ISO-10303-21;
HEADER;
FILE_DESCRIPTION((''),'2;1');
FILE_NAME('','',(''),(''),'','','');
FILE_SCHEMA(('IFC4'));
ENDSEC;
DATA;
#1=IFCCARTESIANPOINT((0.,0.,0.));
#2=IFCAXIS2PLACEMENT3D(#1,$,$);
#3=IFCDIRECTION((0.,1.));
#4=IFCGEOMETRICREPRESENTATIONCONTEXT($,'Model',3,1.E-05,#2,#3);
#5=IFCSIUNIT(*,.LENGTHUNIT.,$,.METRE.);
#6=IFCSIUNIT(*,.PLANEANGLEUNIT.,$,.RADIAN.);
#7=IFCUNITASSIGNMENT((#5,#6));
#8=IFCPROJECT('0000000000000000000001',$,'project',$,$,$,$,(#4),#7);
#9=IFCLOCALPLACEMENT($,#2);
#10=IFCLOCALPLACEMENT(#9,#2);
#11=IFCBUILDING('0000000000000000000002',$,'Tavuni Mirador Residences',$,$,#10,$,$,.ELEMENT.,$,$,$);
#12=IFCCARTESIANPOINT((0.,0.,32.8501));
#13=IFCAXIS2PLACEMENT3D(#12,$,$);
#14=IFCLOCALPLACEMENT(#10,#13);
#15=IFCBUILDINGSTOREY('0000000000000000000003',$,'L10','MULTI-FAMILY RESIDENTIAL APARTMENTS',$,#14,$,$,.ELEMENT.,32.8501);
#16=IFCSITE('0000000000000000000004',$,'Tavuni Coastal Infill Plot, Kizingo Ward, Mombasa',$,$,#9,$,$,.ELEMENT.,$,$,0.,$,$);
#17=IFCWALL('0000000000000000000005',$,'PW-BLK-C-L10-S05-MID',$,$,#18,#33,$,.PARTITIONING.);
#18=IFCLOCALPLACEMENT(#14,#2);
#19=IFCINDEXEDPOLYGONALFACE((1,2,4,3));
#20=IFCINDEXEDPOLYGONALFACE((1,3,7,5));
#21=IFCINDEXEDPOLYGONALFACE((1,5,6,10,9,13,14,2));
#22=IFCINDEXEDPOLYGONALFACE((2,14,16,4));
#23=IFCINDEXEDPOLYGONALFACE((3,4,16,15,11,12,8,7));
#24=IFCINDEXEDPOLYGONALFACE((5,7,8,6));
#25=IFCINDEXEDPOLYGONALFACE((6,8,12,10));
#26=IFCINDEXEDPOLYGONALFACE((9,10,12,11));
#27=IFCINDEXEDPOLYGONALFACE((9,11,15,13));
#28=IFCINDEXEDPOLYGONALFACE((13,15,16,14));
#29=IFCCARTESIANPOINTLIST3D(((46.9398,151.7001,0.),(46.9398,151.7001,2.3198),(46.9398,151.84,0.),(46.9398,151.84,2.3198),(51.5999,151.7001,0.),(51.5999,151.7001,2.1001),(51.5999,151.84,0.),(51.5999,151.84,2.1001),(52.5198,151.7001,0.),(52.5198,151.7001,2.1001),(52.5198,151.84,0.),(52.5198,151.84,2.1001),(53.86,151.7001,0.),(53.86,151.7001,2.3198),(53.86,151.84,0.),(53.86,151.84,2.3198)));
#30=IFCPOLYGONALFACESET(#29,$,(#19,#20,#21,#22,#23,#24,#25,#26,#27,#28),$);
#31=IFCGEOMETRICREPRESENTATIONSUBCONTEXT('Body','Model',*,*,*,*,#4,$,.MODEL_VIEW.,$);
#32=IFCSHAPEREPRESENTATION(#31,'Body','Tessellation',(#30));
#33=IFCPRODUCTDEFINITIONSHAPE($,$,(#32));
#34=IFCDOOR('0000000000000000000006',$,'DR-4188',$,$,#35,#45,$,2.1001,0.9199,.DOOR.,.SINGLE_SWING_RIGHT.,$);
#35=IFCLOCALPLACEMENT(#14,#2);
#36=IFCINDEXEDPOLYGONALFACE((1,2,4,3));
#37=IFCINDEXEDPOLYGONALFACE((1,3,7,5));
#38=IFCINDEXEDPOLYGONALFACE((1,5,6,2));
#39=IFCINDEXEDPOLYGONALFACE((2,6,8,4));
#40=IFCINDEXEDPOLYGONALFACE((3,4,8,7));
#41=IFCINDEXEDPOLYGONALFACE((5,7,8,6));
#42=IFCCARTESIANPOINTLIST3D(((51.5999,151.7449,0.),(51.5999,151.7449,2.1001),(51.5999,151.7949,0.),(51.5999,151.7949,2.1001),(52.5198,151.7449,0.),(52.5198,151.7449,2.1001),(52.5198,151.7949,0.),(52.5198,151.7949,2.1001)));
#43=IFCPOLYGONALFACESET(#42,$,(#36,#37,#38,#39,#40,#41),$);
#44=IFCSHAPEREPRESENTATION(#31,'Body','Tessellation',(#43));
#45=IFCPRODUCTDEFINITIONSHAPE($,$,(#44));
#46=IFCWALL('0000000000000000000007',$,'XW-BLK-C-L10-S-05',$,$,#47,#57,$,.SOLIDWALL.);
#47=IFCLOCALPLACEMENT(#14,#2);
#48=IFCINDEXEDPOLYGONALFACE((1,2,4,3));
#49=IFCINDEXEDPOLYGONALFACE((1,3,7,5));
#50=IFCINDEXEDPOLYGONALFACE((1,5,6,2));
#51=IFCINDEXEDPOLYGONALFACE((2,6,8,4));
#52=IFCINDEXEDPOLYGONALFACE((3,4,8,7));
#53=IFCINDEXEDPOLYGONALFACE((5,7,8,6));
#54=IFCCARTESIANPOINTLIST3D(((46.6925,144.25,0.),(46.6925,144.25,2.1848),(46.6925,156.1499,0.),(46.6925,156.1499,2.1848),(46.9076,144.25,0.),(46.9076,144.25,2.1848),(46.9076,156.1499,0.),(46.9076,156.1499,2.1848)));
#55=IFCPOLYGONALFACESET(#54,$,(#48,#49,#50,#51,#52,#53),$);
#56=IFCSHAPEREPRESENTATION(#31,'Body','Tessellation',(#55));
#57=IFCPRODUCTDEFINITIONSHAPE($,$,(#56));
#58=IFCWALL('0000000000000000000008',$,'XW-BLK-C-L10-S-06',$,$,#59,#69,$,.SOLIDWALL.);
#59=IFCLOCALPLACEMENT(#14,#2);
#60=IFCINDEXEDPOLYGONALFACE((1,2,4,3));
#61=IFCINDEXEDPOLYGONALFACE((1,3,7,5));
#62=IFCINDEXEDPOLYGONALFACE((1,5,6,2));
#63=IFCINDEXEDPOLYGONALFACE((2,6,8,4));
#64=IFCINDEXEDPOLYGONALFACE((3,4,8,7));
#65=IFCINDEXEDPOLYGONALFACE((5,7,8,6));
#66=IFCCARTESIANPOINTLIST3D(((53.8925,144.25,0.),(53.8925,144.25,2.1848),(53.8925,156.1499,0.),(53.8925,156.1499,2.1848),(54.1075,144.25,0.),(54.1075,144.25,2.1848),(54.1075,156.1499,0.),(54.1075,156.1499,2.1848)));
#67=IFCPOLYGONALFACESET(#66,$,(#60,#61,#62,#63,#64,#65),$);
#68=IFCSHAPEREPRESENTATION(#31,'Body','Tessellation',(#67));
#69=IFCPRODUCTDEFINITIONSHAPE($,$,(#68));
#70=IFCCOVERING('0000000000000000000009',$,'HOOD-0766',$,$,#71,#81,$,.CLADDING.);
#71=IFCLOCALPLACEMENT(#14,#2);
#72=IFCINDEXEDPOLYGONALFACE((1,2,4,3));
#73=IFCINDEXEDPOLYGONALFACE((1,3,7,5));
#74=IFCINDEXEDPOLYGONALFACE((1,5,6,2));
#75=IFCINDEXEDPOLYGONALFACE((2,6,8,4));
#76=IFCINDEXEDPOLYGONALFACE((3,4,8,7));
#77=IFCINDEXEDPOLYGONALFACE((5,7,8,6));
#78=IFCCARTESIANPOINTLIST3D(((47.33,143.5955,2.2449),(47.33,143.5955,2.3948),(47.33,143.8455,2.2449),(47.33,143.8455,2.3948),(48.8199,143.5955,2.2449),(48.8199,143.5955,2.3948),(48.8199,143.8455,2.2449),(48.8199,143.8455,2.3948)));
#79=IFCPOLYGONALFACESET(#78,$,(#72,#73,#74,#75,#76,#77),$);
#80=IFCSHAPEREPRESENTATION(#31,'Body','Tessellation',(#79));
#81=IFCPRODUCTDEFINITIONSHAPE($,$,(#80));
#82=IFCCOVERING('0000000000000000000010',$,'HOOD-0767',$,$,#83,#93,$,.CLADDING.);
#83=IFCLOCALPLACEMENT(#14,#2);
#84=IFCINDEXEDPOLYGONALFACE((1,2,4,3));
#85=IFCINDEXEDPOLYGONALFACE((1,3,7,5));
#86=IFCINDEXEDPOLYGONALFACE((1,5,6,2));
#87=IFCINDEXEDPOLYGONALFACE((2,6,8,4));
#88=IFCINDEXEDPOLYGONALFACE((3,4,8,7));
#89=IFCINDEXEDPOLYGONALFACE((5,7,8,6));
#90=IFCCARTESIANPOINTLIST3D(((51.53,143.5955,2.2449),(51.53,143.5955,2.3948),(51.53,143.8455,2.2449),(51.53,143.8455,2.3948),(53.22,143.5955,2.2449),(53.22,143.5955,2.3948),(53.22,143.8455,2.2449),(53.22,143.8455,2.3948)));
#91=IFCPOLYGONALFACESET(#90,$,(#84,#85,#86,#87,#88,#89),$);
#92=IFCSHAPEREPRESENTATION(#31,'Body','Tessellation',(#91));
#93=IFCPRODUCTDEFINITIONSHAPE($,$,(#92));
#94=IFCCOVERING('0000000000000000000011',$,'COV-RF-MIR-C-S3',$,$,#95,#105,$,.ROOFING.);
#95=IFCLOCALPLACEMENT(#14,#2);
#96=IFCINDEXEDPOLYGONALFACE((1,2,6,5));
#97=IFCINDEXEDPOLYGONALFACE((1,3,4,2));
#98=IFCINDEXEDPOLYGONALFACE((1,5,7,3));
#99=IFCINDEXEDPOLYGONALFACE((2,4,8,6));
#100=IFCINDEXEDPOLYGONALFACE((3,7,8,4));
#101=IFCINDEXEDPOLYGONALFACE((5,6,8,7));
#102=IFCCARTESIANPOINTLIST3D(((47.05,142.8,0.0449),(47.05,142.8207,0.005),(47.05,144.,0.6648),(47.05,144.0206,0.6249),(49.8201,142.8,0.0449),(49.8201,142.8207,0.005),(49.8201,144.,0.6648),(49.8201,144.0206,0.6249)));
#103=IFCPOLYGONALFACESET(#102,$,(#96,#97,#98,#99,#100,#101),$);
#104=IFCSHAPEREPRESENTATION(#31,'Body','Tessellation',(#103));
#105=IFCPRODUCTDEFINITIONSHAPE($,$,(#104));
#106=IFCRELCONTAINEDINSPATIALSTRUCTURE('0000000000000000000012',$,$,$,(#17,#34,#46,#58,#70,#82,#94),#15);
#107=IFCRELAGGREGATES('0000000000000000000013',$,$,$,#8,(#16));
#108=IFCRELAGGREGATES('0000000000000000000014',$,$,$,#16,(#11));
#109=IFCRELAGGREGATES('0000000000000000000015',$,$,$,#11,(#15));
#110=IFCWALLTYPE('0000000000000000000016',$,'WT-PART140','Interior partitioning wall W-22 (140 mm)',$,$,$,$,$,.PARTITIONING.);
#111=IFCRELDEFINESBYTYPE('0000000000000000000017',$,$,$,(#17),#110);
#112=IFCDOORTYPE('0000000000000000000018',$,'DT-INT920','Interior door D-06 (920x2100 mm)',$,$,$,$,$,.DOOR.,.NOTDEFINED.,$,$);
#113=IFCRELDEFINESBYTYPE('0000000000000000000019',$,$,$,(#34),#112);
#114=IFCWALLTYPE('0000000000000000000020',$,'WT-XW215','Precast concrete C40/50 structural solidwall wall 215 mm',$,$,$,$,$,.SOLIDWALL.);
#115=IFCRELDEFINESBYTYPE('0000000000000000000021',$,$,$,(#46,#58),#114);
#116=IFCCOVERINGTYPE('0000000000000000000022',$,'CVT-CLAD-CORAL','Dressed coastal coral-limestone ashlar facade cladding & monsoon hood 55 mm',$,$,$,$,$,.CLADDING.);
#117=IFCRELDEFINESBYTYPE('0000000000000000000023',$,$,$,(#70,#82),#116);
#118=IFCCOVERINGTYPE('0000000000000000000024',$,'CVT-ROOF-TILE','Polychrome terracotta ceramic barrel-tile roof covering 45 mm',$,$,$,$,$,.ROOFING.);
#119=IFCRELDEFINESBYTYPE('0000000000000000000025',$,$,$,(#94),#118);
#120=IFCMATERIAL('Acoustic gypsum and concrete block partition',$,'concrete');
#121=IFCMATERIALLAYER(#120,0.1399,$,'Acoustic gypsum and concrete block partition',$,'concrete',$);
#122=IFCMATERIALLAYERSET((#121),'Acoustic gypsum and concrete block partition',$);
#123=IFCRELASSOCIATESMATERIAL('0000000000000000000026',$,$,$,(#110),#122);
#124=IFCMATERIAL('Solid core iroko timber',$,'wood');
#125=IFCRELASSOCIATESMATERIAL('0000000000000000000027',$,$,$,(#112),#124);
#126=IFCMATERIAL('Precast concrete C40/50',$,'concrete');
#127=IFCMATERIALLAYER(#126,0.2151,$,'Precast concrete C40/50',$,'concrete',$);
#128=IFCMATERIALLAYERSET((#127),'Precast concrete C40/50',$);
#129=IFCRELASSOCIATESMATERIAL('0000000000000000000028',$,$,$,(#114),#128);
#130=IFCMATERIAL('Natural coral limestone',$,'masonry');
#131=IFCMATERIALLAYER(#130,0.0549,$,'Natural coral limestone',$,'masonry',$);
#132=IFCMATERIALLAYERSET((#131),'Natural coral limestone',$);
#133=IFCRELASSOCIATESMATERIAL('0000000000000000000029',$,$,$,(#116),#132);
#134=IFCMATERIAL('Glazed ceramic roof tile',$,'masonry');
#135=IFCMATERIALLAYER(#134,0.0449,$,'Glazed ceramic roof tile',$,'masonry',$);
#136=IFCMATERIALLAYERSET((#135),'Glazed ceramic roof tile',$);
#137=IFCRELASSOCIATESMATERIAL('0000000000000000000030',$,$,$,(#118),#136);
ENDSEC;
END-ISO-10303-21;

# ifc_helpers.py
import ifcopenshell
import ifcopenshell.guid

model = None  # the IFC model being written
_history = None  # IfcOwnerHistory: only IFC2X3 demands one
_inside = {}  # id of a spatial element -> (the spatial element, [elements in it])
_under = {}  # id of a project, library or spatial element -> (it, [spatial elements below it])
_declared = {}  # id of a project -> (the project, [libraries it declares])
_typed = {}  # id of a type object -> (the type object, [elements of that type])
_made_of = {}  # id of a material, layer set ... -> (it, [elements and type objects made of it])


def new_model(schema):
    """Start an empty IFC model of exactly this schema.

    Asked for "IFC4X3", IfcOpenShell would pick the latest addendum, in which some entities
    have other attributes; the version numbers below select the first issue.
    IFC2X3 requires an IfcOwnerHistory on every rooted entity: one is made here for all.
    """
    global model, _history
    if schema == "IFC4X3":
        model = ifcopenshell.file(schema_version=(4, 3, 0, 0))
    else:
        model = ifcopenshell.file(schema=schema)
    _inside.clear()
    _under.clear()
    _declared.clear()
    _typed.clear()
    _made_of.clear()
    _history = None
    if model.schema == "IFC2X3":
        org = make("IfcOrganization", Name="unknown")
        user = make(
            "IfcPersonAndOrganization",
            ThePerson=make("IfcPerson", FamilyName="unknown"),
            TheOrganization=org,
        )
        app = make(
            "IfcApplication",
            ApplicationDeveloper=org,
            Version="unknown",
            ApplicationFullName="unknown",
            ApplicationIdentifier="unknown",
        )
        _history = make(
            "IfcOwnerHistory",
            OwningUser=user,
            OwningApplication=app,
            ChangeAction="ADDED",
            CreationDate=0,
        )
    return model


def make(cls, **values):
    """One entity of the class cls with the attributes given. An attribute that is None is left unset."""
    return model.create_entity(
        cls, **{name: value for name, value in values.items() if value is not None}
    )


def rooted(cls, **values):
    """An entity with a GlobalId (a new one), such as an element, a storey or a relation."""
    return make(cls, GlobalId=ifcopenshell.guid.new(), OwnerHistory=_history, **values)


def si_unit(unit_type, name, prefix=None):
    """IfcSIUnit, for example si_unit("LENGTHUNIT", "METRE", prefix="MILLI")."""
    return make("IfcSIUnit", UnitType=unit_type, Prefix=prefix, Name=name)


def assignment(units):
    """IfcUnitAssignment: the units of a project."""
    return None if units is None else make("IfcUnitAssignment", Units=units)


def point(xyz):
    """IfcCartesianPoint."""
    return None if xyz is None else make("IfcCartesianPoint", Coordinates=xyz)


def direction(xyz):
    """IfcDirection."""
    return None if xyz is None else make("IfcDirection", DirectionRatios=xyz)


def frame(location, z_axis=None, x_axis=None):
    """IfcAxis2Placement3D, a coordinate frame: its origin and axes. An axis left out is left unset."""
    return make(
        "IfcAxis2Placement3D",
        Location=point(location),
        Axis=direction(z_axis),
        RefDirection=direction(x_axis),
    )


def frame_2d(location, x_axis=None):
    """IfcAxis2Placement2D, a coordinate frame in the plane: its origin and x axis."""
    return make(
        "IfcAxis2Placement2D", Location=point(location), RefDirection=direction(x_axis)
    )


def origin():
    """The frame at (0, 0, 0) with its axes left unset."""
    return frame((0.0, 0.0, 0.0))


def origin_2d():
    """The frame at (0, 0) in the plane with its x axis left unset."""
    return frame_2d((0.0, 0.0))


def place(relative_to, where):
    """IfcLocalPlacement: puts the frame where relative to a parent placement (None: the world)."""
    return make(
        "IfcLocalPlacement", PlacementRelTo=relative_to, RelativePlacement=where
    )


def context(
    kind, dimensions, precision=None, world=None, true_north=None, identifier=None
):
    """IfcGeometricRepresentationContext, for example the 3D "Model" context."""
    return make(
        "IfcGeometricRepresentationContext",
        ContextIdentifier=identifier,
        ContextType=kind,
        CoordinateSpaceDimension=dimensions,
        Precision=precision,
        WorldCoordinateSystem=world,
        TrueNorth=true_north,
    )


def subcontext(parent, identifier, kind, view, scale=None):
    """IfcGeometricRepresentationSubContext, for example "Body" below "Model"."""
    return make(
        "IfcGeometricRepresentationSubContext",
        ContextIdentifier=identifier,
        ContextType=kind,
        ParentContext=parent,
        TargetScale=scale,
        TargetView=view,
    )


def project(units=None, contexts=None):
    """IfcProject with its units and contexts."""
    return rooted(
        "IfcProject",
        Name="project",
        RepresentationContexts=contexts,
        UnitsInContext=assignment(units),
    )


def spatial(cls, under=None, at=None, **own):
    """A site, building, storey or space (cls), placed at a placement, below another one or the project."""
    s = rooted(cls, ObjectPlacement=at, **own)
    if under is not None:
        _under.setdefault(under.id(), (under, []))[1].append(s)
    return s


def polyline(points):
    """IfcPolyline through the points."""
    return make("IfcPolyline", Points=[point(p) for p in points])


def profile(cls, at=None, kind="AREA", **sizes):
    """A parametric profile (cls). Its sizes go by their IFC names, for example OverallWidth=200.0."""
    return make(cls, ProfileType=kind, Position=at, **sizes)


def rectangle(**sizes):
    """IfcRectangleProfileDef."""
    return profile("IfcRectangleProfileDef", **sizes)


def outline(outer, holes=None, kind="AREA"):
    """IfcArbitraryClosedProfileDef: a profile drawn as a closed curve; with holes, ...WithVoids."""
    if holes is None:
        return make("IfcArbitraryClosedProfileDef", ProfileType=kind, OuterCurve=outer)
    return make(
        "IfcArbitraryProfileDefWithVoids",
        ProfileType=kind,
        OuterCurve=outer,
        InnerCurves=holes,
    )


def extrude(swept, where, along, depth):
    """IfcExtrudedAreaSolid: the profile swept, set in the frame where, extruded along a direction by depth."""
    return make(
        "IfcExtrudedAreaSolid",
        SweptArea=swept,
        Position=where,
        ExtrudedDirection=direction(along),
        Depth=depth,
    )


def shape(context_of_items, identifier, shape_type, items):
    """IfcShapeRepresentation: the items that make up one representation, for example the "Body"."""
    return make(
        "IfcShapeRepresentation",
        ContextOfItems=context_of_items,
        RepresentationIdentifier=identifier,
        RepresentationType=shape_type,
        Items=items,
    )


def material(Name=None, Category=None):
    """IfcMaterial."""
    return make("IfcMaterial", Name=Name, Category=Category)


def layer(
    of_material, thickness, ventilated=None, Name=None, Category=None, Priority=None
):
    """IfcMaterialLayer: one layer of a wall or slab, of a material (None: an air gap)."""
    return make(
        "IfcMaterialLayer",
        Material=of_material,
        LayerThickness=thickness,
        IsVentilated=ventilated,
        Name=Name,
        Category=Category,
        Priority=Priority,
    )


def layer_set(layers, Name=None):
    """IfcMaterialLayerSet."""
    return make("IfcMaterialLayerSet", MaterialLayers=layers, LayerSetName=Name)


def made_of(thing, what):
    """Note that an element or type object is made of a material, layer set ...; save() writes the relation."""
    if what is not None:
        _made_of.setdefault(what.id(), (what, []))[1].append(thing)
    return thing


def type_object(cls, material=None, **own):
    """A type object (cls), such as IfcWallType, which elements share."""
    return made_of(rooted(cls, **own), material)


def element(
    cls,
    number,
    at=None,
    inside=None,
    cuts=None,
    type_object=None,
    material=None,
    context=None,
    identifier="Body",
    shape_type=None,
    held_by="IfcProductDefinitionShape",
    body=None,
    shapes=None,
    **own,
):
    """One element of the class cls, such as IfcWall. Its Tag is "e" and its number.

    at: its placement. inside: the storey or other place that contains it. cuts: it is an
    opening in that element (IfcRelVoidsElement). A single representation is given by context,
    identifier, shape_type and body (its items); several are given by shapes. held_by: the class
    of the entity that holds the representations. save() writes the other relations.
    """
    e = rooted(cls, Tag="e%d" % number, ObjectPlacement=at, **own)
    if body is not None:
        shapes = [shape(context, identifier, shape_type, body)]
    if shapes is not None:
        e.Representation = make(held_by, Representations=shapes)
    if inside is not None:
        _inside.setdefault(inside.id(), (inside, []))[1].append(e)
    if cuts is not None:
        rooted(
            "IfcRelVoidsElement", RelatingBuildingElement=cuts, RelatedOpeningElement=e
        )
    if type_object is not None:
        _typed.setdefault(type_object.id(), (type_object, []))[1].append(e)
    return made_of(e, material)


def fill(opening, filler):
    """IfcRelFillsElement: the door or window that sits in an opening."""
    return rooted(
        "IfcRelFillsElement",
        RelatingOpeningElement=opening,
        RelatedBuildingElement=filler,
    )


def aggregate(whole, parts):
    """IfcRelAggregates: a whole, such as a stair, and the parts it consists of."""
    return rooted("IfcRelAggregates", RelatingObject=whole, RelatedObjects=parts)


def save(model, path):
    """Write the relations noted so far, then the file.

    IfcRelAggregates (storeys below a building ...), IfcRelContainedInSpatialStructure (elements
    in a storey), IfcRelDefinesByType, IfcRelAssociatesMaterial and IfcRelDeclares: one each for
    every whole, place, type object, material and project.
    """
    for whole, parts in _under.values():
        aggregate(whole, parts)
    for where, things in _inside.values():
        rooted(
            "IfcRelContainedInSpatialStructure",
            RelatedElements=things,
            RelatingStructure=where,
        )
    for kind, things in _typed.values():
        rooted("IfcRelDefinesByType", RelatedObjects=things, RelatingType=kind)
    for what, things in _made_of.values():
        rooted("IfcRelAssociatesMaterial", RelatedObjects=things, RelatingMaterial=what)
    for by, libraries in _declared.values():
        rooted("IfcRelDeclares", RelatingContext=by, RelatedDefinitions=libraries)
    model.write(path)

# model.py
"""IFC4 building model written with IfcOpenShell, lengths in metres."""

from ifc_helpers import new_model, si_unit, direction, frame, frame_2d, origin, origin_2d, place, context, subcontext, project, spatial, polyline, rectangle, outline, extrude, material, layer, layer_set, type_object, element, fill, save


model = new_model("IFC4")

# Units and contexts
model_context = context("Model", 3, precision=1e-05, world=origin(), true_north=direction((0.0, 1.0)))
body_context = subcontext(model_context, "Body", "Model", "MODEL_VIEW")
ifc_project = project(units=[si_unit("LENGTHUNIT", "METRE"), si_unit("PLANEANGLEUNIT", "RADIAN")], contexts=[model_context])

# Site, building, storey
site_placement = place(None, origin())
site = spatial("IfcSite", under=ifc_project, at=site_placement, Name="Tavuni Coastal Infill Plot, Kizingo Ward, Mombasa", CompositionType="ELEMENT", RefElevation=0.0)
building_placement = place(site_placement, origin())
building = spatial("IfcBuilding", under=site, at=building_placement, Name="Tavuni Mirador Residences", CompositionType="ELEMENT")
storey_placement = place(building_placement, frame((0.0, 0.0, 32.8501)))
storey = spatial("IfcBuildingStorey", under=building, at=storey_placement, Name="L10", Description="MULTI-FAMILY RESIDENTIAL APARTMENTS", CompositionType="ELEMENT", Elevation=32.8501)

# Shared definitions
ifc_material_1 = material(Name="Precast concrete C40/50", Category="concrete")

# Shared definitions
ifc_material_2 = material(Name="Solid core iroko timber", Category="wood")

# Wall, opening, door
ifc_material_3 = material(Name="Acoustic gypsum and concrete block partition", Category="concrete")
ifc_layer_1 = layer(ifc_material_3, 0.1399, Name="Acoustic gypsum and concrete block partition", Category="concrete")
ifc_layer_set_1 = layer_set([ifc_layer_1], Name="Acoustic gypsum and concrete block partition")
wall_type_1 = type_object("IfcWallType", Name="WT-PART140", Description="Interior partitioning wall W-22 (140 mm)", PredefinedType="PARTITIONING", material=ifc_layer_set_1)
wall_1_placement = place(storey_placement, frame((46.9399, 151.77, 0.0), z_axis=(0.0, 0.0, 1.0), x_axis=(1.0, 0.0, 0.0)))
wall_1 = element("IfcWall", 1, at=wall_1_placement, inside=storey, type_object=wall_type_1, Name="PW-BLK-C-L10-S05-MID", PredefinedType="PARTITIONING", context=body_context, shape_type="SweptSolid", body=[
    extrude(rectangle(XDim=6.9202, YDim=0.1399, at=frame_2d((3.46, 0.0))), origin(), (0.0, 0.0, 1.0), 2.3198),
])
opening_1_placement = place(wall_1_placement, frame((4.6599, 0.0, 0.0)))
opening_1 = element("IfcOpeningElement", 2, at=opening_1_placement, cuts=wall_1, PredefinedType="OPENING", context=body_context, shape_type="SweptSolid", body=[
    extrude(rectangle(XDim=0.9199, YDim=2.1001, at=frame_2d((0.46, 1.05))), frame((0.0, 0.0801, 0.0), z_axis=(0.0, -1.0, 0.0), x_axis=(1.0, 0.0, 0.0)), (0.0, 0.0, 1.0), 0.1599),
])
door_type_1 = type_object("IfcDoorType", Name="DT-INT920", Description="Interior door D-06 (920x2100 mm)", OperationType="NOTDEFINED", PredefinedType="DOOR", material=ifc_material_2)
door_1_placement = place(opening_1_placement, origin())
door_1 = element("IfcDoor", 3, at=door_1_placement, inside=storey, type_object=door_type_1, Name="DR-4188", OperationType="SINGLE_SWING_RIGHT", OverallHeight=2.1001, OverallWidth=0.9199, PredefinedType="DOOR", context=body_context, shape_type="SweptSolid", body=[
    extrude(rectangle(XDim=0.9199, YDim=2.1001, at=frame_2d((0.46, 1.05))), frame((0.0, 0.0249, 0.0), z_axis=(0.0, -1.0, 0.0), x_axis=(1.0, 0.0, 0.0)), (0.0, 0.0, 1.0), 0.05),
])
fill(opening_1, door_1)

# Walls
ifc_layer_2 = layer(ifc_material_1, 0.2151, Name="Precast concrete C40/50", Category="concrete")
ifc_layer_set_2 = layer_set([ifc_layer_2], Name="Precast concrete C40/50")
wall_type_2 = type_object("IfcWallType", Name="WT-XW215", Description="Precast concrete C40/50 structural solidwall wall 215 mm", PredefinedType="SOLIDWALL", material=ifc_layer_set_2)
for number, where, z_axis, x_axis, name in (
    (4, (46.8, 144.25, 0.0), (0.0, 0.0, 1.0), (0.0, 1.0, 0.0), "XW-BLK-C-L10-S-05"),
    (5, (54.0, 144.25, 0.0), (0.0, 0.0, 1.0), (0.0, 1.0, 0.0), "XW-BLK-C-L10-S-06"),
):
    element("IfcWall", number, at=place(storey_placement, frame(where, z_axis=z_axis, x_axis=x_axis)), inside=storey, type_object=wall_type_2, Name=name, PredefinedType="SOLIDWALL", context=body_context, shape_type="SweptSolid", body=[
        extrude(rectangle(XDim=11.8999, YDim=0.2151, at=frame_2d((5.95, 0.0))), origin(), (0.0, 0.0, 1.0), 2.1848),
    ])

# Coverings
ifc_material_4 = material(Name="Natural coral limestone", Category="masonry")
ifc_layer_3 = layer(ifc_material_4, 0.0549, Name="Natural coral limestone", Category="masonry")
ifc_layer_set_3 = layer_set([ifc_layer_3], Name="Natural coral limestone")
covering_type_1 = type_object("IfcCoveringType", Name="CVT-CLAD-CORAL", Description="Dressed coastal coral-limestone ashlar facade cladding & monsoon hood 55 mm", PredefinedType="CLADDING", material=ifc_layer_set_3)
covering_1_placement = place(storey_placement, frame((48.075, 143.7205, 2.2449), z_axis=(0.0, 0.0, 1.0), x_axis=(1.0, 0.0, 0.0)))
element("IfcCovering", 6, at=covering_1_placement, inside=storey, type_object=covering_type_1, Name="HOOD-0766", PredefinedType="CLADDING", context=body_context, shape_type="SweptSolid", body=[
    extrude(rectangle(XDim=1.49, YDim=0.25, at=origin_2d()), origin(), (0.0, 0.0, 1.0), 0.1499),
])
covering_2_placement = place(storey_placement, frame((52.375, 143.7205, 2.2449), z_axis=(0.0, 0.0, 1.0), x_axis=(1.0, 0.0, 0.0)))
element("IfcCovering", 7, at=covering_2_placement, inside=storey, type_object=covering_type_1, Name="HOOD-0767", PredefinedType="CLADDING", context=body_context, shape_type="SweptSolid", body=[
    extrude(rectangle(XDim=1.6899, YDim=0.25, at=origin_2d()), origin(), (0.0, 0.0, 1.0), 0.1499),
])
ifc_material_5 = material(Name="Glazed ceramic roof tile", Category="masonry")
ifc_layer_4 = layer(ifc_material_5, 0.0449, Name="Glazed ceramic roof tile", Category="masonry")
ifc_layer_set_4 = layer_set([ifc_layer_4], Name="Glazed ceramic roof tile")
covering_type_2 = type_object("IfcCoveringType", Name="CVT-ROOF-TILE", Description="Polychrome terracotta ceramic barrel-tile roof covering 45 mm", PredefinedType="ROOFING", material=ifc_layer_set_4)
covering_3_placement = place(storey_placement, frame((47.05, 144.0, 0.6648), z_axis=(0.0, -0.458961, 0.888457), x_axis=(1.0, 0.0, 0.0)))
element("IfcCovering", 8, at=covering_3_placement, inside=storey, type_object=covering_type_2, Name="COV-RF-MIR-C-S3", PredefinedType="ROOFING", context=body_context, shape_type="SweptSolid", body=[
    extrude(outline(polyline([(0.0, 0.0), (2.77, 0.0), (2.77, -1.3506), (0.0, -1.3506), (0.0, 0.0)])), origin(), (0.0, 0.0, -1.0), 0.0449),
])

save(model, "model.ifc")
